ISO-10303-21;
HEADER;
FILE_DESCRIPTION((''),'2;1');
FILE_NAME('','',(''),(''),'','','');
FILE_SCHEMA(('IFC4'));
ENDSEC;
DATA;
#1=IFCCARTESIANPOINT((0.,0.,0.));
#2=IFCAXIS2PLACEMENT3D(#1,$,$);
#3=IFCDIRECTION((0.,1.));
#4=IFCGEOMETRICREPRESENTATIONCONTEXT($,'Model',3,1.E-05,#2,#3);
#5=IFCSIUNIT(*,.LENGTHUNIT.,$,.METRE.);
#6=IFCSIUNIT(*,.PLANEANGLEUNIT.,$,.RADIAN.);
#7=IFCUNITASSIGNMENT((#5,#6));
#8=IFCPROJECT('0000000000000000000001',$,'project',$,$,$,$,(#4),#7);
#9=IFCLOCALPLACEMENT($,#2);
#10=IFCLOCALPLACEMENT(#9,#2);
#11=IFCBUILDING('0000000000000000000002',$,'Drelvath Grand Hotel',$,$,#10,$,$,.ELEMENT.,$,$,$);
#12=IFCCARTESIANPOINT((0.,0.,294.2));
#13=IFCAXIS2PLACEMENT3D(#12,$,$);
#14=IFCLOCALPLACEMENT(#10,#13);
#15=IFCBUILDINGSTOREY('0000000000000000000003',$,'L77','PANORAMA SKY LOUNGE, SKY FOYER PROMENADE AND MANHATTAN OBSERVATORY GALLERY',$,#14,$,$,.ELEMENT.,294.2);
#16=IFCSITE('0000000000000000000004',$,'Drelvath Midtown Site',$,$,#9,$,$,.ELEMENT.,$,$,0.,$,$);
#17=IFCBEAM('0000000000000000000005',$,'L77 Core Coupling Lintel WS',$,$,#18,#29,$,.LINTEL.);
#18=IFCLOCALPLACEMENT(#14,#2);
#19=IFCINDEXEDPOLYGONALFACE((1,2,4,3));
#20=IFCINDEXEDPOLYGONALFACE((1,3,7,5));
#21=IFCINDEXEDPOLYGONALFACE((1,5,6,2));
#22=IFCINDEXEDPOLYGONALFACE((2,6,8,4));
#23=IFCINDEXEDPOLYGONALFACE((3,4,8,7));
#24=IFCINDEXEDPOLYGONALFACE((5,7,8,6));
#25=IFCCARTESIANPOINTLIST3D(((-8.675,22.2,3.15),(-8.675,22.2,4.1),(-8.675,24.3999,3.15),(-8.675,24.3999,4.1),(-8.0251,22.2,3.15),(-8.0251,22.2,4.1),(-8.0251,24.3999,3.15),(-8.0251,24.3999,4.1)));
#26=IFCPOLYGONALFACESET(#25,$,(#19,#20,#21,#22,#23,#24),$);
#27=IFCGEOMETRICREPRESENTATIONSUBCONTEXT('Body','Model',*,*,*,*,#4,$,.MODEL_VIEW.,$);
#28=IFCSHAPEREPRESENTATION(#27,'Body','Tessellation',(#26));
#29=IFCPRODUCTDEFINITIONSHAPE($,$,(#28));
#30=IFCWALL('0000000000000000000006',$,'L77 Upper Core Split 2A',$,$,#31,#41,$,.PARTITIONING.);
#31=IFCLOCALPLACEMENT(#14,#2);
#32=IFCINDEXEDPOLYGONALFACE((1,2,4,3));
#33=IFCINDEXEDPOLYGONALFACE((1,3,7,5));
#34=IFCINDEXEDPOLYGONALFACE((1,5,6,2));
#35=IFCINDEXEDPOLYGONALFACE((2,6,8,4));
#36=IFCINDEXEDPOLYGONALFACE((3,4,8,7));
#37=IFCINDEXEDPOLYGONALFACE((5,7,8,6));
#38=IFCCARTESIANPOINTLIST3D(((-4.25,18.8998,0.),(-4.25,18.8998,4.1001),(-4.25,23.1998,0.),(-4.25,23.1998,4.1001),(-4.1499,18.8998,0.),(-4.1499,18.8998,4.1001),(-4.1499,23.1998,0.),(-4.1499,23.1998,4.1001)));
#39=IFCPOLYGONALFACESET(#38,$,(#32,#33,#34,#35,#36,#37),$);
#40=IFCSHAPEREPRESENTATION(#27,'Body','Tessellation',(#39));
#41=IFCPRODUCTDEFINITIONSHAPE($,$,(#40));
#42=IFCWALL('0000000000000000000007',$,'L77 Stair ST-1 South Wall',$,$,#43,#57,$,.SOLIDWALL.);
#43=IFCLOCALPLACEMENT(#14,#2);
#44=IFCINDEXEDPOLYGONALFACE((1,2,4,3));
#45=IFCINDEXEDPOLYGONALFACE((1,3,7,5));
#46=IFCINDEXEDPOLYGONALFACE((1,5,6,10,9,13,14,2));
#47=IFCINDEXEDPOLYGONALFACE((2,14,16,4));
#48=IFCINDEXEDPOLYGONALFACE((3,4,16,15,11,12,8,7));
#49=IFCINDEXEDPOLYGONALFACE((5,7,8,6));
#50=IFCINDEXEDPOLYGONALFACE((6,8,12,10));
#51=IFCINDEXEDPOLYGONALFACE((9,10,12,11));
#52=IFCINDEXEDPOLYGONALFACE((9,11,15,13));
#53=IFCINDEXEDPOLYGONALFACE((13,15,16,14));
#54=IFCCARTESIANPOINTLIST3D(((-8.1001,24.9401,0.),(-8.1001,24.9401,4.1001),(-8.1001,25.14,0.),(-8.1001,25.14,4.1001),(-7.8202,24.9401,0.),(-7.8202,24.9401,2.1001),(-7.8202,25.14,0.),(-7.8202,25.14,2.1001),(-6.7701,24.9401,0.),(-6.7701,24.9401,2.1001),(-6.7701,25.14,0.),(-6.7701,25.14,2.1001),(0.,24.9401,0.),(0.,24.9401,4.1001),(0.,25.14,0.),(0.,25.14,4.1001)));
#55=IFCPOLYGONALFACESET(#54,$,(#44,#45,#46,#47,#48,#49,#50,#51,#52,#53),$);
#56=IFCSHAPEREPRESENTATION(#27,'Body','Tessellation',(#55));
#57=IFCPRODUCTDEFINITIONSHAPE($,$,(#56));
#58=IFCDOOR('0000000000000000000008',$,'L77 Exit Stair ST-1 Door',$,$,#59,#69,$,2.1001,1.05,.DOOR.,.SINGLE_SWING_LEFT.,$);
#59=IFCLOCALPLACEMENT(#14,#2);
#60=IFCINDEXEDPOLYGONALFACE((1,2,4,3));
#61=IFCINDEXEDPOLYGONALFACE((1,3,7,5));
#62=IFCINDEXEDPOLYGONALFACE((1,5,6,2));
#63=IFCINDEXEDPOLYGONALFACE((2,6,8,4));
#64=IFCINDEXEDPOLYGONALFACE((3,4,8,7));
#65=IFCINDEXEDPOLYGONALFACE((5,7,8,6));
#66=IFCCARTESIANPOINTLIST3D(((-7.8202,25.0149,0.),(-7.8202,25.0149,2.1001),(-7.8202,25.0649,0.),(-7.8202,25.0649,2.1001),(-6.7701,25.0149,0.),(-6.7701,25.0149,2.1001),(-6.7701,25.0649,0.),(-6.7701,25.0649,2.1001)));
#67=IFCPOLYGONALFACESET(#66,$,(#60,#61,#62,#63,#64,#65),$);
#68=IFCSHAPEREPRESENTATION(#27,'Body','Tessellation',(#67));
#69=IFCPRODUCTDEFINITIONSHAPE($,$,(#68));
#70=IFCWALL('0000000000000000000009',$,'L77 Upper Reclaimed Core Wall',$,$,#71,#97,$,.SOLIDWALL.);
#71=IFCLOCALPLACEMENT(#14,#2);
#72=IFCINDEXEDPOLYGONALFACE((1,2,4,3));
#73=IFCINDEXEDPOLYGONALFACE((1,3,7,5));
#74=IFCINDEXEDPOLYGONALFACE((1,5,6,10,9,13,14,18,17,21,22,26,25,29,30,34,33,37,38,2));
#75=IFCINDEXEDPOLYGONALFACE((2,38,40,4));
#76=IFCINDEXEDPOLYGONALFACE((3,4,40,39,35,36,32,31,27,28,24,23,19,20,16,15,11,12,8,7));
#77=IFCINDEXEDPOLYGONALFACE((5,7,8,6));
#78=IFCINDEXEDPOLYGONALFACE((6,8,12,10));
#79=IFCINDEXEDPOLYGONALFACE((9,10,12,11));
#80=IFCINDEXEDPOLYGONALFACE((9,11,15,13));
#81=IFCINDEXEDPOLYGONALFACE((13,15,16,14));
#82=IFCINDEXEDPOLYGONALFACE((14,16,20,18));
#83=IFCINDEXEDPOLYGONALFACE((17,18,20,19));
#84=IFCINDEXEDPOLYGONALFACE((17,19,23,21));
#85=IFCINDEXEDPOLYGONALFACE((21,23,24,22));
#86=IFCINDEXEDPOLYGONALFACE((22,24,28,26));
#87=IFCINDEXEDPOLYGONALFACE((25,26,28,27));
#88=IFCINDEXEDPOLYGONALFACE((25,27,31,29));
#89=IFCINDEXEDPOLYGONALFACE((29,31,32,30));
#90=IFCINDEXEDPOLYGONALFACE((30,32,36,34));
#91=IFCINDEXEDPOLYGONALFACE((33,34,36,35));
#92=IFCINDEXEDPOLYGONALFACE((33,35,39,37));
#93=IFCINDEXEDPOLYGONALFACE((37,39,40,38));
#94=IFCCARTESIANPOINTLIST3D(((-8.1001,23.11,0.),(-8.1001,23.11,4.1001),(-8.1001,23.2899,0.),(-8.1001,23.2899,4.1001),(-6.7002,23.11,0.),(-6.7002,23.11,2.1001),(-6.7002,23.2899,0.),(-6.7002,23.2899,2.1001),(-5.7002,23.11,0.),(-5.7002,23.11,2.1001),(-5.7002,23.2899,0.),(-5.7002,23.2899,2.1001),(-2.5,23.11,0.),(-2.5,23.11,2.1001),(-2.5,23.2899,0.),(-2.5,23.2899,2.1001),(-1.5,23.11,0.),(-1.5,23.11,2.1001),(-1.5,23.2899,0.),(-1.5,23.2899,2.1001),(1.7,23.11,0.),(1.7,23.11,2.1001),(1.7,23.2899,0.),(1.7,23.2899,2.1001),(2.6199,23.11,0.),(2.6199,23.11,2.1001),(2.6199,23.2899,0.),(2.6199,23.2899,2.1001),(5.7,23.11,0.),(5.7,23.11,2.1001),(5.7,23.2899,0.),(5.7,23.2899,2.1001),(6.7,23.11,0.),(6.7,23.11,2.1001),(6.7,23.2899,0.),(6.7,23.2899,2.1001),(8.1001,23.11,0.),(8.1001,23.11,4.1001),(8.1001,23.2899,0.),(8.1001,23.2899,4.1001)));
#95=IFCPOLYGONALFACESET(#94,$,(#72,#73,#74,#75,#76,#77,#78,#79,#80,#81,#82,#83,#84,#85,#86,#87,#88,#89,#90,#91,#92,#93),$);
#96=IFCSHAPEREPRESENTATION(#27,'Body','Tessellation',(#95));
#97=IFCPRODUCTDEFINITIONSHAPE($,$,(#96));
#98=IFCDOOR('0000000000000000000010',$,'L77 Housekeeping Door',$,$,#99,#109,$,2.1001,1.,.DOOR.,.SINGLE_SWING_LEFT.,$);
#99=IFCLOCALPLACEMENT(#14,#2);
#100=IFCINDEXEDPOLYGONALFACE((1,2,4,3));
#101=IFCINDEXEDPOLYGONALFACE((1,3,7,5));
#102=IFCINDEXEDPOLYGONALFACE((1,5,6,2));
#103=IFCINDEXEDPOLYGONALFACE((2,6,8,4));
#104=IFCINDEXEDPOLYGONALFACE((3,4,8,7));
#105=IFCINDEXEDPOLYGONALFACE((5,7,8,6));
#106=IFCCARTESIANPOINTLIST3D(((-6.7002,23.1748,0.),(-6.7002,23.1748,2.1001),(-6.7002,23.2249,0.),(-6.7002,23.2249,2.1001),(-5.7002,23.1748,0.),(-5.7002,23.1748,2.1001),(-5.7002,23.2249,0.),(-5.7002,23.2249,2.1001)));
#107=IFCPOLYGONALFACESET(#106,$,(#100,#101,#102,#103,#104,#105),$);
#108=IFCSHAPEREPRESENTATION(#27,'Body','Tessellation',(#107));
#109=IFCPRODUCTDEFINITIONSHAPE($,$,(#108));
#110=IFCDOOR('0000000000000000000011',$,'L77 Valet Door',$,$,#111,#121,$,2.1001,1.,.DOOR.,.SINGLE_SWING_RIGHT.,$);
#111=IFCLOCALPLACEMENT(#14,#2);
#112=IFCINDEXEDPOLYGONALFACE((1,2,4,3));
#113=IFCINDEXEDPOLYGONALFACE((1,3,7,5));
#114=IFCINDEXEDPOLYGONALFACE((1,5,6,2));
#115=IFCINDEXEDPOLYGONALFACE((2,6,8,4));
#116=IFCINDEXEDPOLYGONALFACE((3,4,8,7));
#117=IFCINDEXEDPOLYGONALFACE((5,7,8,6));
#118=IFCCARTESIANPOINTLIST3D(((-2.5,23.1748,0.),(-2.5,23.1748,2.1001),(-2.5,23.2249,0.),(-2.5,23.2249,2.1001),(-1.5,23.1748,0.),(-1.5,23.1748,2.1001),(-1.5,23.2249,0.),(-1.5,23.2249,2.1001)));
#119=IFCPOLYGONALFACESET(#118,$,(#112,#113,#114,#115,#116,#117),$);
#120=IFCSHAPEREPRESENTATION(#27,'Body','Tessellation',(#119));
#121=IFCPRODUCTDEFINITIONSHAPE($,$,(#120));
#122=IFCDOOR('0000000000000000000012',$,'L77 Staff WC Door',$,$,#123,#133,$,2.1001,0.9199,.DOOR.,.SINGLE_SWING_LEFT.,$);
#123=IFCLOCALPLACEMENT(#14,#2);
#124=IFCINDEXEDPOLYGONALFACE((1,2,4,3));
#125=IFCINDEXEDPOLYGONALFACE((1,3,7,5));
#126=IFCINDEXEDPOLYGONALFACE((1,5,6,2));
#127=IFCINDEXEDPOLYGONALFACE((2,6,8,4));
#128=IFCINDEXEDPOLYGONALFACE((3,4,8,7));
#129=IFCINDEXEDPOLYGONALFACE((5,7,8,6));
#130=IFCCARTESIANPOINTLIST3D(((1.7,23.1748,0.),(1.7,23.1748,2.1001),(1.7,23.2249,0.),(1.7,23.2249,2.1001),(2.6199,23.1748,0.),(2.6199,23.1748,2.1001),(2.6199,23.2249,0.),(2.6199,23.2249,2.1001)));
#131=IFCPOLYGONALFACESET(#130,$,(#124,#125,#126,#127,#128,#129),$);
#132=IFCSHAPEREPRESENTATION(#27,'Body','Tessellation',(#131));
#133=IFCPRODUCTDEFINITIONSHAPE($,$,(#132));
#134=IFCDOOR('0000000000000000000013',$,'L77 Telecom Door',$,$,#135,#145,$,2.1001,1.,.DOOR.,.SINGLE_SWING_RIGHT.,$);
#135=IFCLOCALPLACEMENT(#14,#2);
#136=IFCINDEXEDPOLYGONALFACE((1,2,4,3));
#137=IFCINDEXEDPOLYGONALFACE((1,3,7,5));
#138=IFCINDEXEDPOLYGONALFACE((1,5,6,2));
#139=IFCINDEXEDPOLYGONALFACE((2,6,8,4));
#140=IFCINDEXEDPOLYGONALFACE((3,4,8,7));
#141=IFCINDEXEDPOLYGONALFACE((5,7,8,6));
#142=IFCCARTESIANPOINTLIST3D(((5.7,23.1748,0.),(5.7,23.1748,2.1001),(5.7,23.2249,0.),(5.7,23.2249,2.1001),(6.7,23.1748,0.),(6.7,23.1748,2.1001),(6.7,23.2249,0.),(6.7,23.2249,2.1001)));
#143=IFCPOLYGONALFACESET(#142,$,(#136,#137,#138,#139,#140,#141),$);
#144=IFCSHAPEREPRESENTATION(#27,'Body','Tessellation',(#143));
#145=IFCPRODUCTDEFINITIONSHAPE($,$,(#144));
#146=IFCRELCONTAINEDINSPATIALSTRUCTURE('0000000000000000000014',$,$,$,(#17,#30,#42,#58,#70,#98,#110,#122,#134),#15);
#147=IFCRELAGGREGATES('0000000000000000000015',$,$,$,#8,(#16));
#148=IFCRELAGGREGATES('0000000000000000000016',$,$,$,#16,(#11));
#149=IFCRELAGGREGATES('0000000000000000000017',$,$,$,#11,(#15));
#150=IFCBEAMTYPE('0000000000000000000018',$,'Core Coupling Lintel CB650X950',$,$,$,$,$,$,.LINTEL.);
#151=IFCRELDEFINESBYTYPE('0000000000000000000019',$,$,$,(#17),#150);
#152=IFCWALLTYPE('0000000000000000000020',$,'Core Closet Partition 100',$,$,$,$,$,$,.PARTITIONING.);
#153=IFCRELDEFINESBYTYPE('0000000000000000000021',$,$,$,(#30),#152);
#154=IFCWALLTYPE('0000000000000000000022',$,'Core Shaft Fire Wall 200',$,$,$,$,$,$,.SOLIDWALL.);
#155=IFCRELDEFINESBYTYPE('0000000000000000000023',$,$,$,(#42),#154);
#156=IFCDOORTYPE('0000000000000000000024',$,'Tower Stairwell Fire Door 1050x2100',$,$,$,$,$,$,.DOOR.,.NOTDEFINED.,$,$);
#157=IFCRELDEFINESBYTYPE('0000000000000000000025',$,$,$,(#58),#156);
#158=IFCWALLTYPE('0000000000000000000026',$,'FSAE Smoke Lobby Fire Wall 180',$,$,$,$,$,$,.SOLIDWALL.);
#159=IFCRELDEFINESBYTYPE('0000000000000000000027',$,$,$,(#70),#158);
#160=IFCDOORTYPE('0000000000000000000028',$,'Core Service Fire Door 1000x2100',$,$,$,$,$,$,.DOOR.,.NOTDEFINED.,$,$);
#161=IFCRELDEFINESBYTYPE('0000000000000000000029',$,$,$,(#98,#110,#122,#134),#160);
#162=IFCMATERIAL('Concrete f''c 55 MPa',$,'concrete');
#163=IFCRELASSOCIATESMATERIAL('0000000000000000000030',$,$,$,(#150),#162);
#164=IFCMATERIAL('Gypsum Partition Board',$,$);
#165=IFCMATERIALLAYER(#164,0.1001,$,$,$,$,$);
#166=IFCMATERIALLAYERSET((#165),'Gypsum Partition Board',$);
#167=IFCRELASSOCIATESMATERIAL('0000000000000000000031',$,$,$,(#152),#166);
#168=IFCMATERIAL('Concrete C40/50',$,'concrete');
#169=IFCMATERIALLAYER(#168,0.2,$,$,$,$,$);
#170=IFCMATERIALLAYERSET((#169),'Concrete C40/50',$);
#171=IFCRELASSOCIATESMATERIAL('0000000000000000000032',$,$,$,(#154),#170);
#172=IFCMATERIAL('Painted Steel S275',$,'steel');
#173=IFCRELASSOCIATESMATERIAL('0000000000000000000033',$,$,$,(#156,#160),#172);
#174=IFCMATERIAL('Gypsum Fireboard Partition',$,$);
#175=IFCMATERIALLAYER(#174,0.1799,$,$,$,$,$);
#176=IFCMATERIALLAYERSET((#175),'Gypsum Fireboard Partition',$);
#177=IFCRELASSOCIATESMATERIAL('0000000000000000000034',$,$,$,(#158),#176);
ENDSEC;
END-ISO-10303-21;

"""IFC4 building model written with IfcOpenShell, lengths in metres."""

from ifc_helpers import new_model, si_unit, direction, frame, frame_2d, origin, origin_2d, place, context, subcontext, project, spatial, rectangle, extrude, material, layer, layer_set, material_profile, profile_set, type_object, element, fill, save


model = new_model("IFC4")

# Units and contexts
model_context = context("Model", 3, precision=1e-05, world=origin(), true_north=direction((0.0, 1.0)))
body_context = subcontext(model_context, "Body", "Model", "MODEL_VIEW")
ifc_project = project(units=[si_unit("LENGTHUNIT", "METRE"), si_unit("PLANEANGLEUNIT", "RADIAN")], contexts=[model_context])

# Site, building, storey
site_placement = place(None, origin())
site = spatial("IfcSite", under=ifc_project, at=site_placement, Name="Drelvath Midtown Site", CompositionType="ELEMENT", RefElevation=0.0)
building_placement = place(site_placement, origin())
building = spatial("IfcBuilding", under=site, at=building_placement, Name="Drelvath Grand Hotel", CompositionType="ELEMENT")
storey_placement = place(building_placement, frame((0.0, 0.0, 294.2)))
storey = spatial("IfcBuildingStorey", under=building, at=storey_placement, Name="L77", Description="PANORAMA SKY LOUNGE, SKY FOYER PROMENADE AND MANHATTAN OBSERVATORY GALLERY", CompositionType="ELEMENT", Elevation=294.2)

# Beam
ifc_material_1 = material(Name="Concrete f'c 55 MPa", Category="concrete")
ifc_material_profile = material_profile(ifc_material_1, rectangle(XDim=0.6499, YDim=0.95, at=origin_2d()), Name="CB650X950")
ifc_profile_set = profile_set([ifc_material_profile], Name="Concrete f'c 55 MPa")
beam_type = type_object("IfcBeamType", Name="Core Coupling Lintel CB650X950", PredefinedType="LINTEL", material=ifc_profile_set)
beam_placement = place(storey_placement, frame((-8.3501, 22.2, 3.625), z_axis=(0.0, 1.0, 0.0), x_axis=(-1.0, 0.0, 0.0)))
element("IfcBeam", 1, at=beam_placement, inside=storey, type_object=beam_type, Name="L77 Core Coupling Lintel WS", PredefinedType="LINTEL", context=body_context, shape_type="SweptSolid", body=[
    extrude(rectangle(XDim=0.6499, YDim=0.95, at=origin_2d()), origin(), (0.0, 0.0, 1.0), 2.2),
])

# Wall
ifc_material_2 = material(Name="Gypsum Partition Board")
ifc_layer_1 = layer(ifc_material_2, 0.1001)
ifc_layer_set_1 = layer_set([ifc_layer_1], Name="Gypsum Partition Board")
wall_type_1 = type_object("IfcWallType", Name="Core Closet Partition 100", PredefinedType="PARTITIONING", material=ifc_layer_set_1)
wall_1_placement = place(storey_placement, frame((-4.2, 18.8999, 0.0), z_axis=(0.0, 0.0, 1.0), x_axis=(0.0, 1.0, 0.0)))
element("IfcWall", 2, at=wall_1_placement, inside=storey, type_object=wall_type_1, Name="L77 Upper Core Split 2A", PredefinedType="PARTITIONING", context=body_context, shape_type="SweptSolid", body=[
    extrude(rectangle(XDim=4.3, YDim=0.1001, at=frame_2d((2.1499, 0.0))), origin(), (0.0, 0.0, 1.0), 4.1001),
])

# Wall, opening, door
ifc_material_3 = material(Name="Concrete C40/50", Category="concrete")
ifc_layer_2 = layer(ifc_material_3, 0.2)
ifc_layer_set_2 = layer_set([ifc_layer_2], Name="Concrete C40/50")
wall_type_2 = type_object("IfcWallType", Name="Core Shaft Fire Wall 200", PredefinedType="SOLIDWALL", material=ifc_layer_set_2)
wall_2_placement = place(storey_placement, frame((-8.1001, 25.04, 0.0), z_axis=(0.0, 0.0, 1.0), x_axis=(1.0, 0.0, 0.0)))
wall_2 = element("IfcWall", 3, at=wall_2_placement, inside=storey, type_object=wall_type_2, Name="L77 Stair ST-1 South Wall", PredefinedType="SOLIDWALL", context=body_context, shape_type="SweptSolid", body=[
    extrude(rectangle(XDim=8.1001, YDim=0.2, at=frame_2d((4.05, 0.0))), origin(), (0.0, 0.0, 1.0), 4.1001),
])
opening_1_placement = place(wall_2_placement, frame((0.28, 0.0, 0.0)))
opening_1 = element("IfcOpeningElement", 4, at=opening_1_placement, cuts=wall_2, PredefinedType="OPENING", context=body_context, shape_type="SweptSolid", body=[
    extrude(rectangle(XDim=1.05, YDim=2.1001, at=frame_2d((0.5249, 1.05))), frame((0.0, 0.1099, 0.0), z_axis=(0.0, -1.0, 0.0), x_axis=(1.0, 0.0, 0.0)), (0.0, 0.0, 1.0), 0.22),
])
ifc_material_4 = material(Name="Painted Steel S275", Category="steel")
door_type_1 = type_object("IfcDoorType", Name="Tower Stairwell Fire Door 1050x2100", OperationType="NOTDEFINED", PredefinedType="DOOR", material=ifc_material_4)
door_1_placement = place(opening_1_placement, origin())
door_1 = element("IfcDoor", 5, at=door_1_placement, inside=storey, type_object=door_type_1, Name="L77 Exit Stair ST-1 Door", OperationType="SINGLE_SWING_LEFT", OverallHeight=2.1001, OverallWidth=1.05, PredefinedType="DOOR", context=body_context, shape_type="SweptSolid", body=[
    extrude(rectangle(XDim=1.05, YDim=2.1001, at=frame_2d((0.5249, 1.05))), frame((0.0, 0.0249, 0.0), z_axis=(0.0, -1.0, 0.0), x_axis=(1.0, 0.0, 0.0)), (0.0, 0.0, 1.0), 0.05),
])
fill(opening_1, door_1)

# Wall, openings, doors
ifc_material_5 = material(Name="Gypsum Fireboard Partition")
ifc_layer_3 = layer(ifc_material_5, 0.1799)
ifc_layer_set_3 = layer_set([ifc_layer_3], Name="Gypsum Fireboard Partition")
wall_type_3 = type_object("IfcWallType", Name="FSAE Smoke Lobby Fire Wall 180", PredefinedType="SOLIDWALL", material=ifc_layer_set_3)
wall_3_placement = place(storey_placement, frame((-8.1001, 23.2, 0.0), z_axis=(0.0, 0.0, 1.0), x_axis=(1.0, 0.0, 0.0)))
wall_3 = element("IfcWall", 6, at=wall_3_placement, inside=storey, type_object=wall_type_3, Name="L77 Upper Reclaimed Core Wall", PredefinedType="SOLIDWALL", context=body_context, shape_type="SweptSolid", body=[
    extrude(rectangle(XDim=16.2002, YDim=0.1799, at=frame_2d((8.1001, 0.0))), origin(), (0.0, 0.0, 1.0), 4.1001),
])
opening_2_placement = place(wall_3_placement, frame((1.3999, 0.0, 0.0)))
opening_2 = element("IfcOpeningElement", 7, at=opening_2_placement, cuts=wall_3, PredefinedType="OPENING", context=body_context, shape_type="SweptSolid", body=[
    extrude(rectangle(XDim=1.0, YDim=2.1001, at=frame_2d((0.5, 1.05))), frame((0.0, 0.0999, 0.0), z_axis=(0.0, -1.0, 0.0), x_axis=(1.0, 0.0, 0.0)), (0.0, 0.0, 1.0), 0.2),
])
opening_3_placement = place(wall_3_placement, frame((5.6001, 0.0, 0.0)))
opening_3 = element("IfcOpeningElement", 8, at=opening_3_placement, cuts=wall_3, PredefinedType="OPENING", context=body_context, shape_type="SweptSolid", body=[
    extrude(rectangle(XDim=1.0, YDim=2.1001, at=frame_2d((0.5, 1.05))), frame((0.0, 0.0999, 0.0), z_axis=(0.0, -1.0, 0.0), x_axis=(1.0, 0.0, 0.0)), (0.0, 0.0, 1.0), 0.2),
])
opening_4_placement = place(wall_3_placement, frame((9.8, 0.0, 0.0)))
opening_4 = element("IfcOpeningElement", 9, at=opening_4_placement, cuts=wall_3, PredefinedType="OPENING", context=body_context, shape_type="SweptSolid", body=[
    extrude(rectangle(XDim=0.9199, YDim=2.1001, at=frame_2d((0.46, 1.05))), frame((0.0, 0.0999, 0.0), z_axis=(0.0, -1.0, 0.0), x_axis=(1.0, 0.0, 0.0)), (0.0, 0.0, 1.0), 0.2),
])
opening_5_placement = place(wall_3_placement, frame((13.8, 0.0, 0.0)))
opening_5 = element("IfcOpeningElement", 10, at=opening_5_placement, cuts=wall_3, PredefinedType="OPENING", context=body_context, shape_type="SweptSolid", body=[
    extrude(rectangle(XDim=1.0, YDim=2.1001, at=frame_2d((0.5, 1.05))), frame((0.0, 0.0999, 0.0), z_axis=(0.0, -1.0, 0.0), x_axis=(1.0, 0.0, 0.0)), (0.0, 0.0, 1.0), 0.2),
])
door_type_2 = type_object("IfcDoorType", Name="Core Service Fire Door 1000x2100", OperationType="NOTDEFINED", PredefinedType="DOOR", material=ifc_material_4)
door_2_placement = place(opening_2_placement, origin())
door_2 = element("IfcDoor", 11, at=door_2_placement, inside=storey, type_object=door_type_2, Name="L77 Housekeeping Door", OperationType="SINGLE_SWING_LEFT", OverallHeight=2.1001, OverallWidth=1.0, PredefinedType="DOOR", context=body_context, shape_type="SweptSolid", body=[
    extrude(rectangle(XDim=1.0, YDim=2.1001, at=frame_2d((0.5, 1.05))), frame((0.0, 0.0249, 0.0), z_axis=(0.0, -1.0, 0.0), x_axis=(1.0, 0.0, 0.0)), (0.0, 0.0, 1.0), 0.05),
])
fill(opening_2, door_2)
door_3_placement = place(opening_3_placement, origin())
door_3 = element("IfcDoor", 12, at=door_3_placement, inside=storey, type_object=door_type_2, Name="L77 Valet Door", OperationType="SINGLE_SWING_RIGHT", OverallHeight=2.1001, OverallWidth=1.0, PredefinedType="DOOR", context=body_context, shape_type="SweptSolid", body=[
    extrude(rectangle(XDim=1.0, YDim=2.1001, at=frame_2d((0.5, 1.05))), frame((0.0, 0.0249, 0.0), z_axis=(0.0, -1.0, 0.0), x_axis=(1.0, 0.0, 0.0)), (0.0, 0.0, 1.0), 0.05),
])
fill(opening_3, door_3)
door_4_placement = place(opening_4_placement, origin())
door_4 = element("IfcDoor", 13, at=door_4_placement, inside=storey, type_object=door_type_2, Name="L77 Staff WC Door", OperationType="SINGLE_SWING_LEFT", OverallHeight=2.1001, OverallWidth=0.9199, PredefinedType="DOOR", context=body_context, shape_type="SweptSolid", body=[
    extrude(rectangle(XDim=0.9199, YDim=2.1001, at=frame_2d((0.46, 1.05))), frame((0.0, 0.0249, 0.0), z_axis=(0.0, -1.0, 0.0), x_axis=(1.0, 0.0, 0.0)), (0.0, 0.0, 1.0), 0.05),
])
fill(opening_4, door_4)
door_5_placement = place(opening_5_placement, origin())
door_5 = element("IfcDoor", 14, at=door_5_placement, inside=storey, type_object=door_type_2, Name="L77 Telecom Door", OperationType="SINGLE_SWING_RIGHT", OverallHeight=2.1001, OverallWidth=1.0, PredefinedType="DOOR", context=body_context, shape_type="SweptSolid", body=[
    extrude(rectangle(XDim=1.0, YDim=2.1001, at=frame_2d((0.5, 1.05))), frame((0.0, 0.0249, 0.0), z_axis=(0.0, -1.0, 0.0), x_axis=(1.0, 0.0, 0.0)), (0.0, 0.0, 1.0), 0.05),
])
fill(opening_5, door_5)

save(model, "model.ifc")
